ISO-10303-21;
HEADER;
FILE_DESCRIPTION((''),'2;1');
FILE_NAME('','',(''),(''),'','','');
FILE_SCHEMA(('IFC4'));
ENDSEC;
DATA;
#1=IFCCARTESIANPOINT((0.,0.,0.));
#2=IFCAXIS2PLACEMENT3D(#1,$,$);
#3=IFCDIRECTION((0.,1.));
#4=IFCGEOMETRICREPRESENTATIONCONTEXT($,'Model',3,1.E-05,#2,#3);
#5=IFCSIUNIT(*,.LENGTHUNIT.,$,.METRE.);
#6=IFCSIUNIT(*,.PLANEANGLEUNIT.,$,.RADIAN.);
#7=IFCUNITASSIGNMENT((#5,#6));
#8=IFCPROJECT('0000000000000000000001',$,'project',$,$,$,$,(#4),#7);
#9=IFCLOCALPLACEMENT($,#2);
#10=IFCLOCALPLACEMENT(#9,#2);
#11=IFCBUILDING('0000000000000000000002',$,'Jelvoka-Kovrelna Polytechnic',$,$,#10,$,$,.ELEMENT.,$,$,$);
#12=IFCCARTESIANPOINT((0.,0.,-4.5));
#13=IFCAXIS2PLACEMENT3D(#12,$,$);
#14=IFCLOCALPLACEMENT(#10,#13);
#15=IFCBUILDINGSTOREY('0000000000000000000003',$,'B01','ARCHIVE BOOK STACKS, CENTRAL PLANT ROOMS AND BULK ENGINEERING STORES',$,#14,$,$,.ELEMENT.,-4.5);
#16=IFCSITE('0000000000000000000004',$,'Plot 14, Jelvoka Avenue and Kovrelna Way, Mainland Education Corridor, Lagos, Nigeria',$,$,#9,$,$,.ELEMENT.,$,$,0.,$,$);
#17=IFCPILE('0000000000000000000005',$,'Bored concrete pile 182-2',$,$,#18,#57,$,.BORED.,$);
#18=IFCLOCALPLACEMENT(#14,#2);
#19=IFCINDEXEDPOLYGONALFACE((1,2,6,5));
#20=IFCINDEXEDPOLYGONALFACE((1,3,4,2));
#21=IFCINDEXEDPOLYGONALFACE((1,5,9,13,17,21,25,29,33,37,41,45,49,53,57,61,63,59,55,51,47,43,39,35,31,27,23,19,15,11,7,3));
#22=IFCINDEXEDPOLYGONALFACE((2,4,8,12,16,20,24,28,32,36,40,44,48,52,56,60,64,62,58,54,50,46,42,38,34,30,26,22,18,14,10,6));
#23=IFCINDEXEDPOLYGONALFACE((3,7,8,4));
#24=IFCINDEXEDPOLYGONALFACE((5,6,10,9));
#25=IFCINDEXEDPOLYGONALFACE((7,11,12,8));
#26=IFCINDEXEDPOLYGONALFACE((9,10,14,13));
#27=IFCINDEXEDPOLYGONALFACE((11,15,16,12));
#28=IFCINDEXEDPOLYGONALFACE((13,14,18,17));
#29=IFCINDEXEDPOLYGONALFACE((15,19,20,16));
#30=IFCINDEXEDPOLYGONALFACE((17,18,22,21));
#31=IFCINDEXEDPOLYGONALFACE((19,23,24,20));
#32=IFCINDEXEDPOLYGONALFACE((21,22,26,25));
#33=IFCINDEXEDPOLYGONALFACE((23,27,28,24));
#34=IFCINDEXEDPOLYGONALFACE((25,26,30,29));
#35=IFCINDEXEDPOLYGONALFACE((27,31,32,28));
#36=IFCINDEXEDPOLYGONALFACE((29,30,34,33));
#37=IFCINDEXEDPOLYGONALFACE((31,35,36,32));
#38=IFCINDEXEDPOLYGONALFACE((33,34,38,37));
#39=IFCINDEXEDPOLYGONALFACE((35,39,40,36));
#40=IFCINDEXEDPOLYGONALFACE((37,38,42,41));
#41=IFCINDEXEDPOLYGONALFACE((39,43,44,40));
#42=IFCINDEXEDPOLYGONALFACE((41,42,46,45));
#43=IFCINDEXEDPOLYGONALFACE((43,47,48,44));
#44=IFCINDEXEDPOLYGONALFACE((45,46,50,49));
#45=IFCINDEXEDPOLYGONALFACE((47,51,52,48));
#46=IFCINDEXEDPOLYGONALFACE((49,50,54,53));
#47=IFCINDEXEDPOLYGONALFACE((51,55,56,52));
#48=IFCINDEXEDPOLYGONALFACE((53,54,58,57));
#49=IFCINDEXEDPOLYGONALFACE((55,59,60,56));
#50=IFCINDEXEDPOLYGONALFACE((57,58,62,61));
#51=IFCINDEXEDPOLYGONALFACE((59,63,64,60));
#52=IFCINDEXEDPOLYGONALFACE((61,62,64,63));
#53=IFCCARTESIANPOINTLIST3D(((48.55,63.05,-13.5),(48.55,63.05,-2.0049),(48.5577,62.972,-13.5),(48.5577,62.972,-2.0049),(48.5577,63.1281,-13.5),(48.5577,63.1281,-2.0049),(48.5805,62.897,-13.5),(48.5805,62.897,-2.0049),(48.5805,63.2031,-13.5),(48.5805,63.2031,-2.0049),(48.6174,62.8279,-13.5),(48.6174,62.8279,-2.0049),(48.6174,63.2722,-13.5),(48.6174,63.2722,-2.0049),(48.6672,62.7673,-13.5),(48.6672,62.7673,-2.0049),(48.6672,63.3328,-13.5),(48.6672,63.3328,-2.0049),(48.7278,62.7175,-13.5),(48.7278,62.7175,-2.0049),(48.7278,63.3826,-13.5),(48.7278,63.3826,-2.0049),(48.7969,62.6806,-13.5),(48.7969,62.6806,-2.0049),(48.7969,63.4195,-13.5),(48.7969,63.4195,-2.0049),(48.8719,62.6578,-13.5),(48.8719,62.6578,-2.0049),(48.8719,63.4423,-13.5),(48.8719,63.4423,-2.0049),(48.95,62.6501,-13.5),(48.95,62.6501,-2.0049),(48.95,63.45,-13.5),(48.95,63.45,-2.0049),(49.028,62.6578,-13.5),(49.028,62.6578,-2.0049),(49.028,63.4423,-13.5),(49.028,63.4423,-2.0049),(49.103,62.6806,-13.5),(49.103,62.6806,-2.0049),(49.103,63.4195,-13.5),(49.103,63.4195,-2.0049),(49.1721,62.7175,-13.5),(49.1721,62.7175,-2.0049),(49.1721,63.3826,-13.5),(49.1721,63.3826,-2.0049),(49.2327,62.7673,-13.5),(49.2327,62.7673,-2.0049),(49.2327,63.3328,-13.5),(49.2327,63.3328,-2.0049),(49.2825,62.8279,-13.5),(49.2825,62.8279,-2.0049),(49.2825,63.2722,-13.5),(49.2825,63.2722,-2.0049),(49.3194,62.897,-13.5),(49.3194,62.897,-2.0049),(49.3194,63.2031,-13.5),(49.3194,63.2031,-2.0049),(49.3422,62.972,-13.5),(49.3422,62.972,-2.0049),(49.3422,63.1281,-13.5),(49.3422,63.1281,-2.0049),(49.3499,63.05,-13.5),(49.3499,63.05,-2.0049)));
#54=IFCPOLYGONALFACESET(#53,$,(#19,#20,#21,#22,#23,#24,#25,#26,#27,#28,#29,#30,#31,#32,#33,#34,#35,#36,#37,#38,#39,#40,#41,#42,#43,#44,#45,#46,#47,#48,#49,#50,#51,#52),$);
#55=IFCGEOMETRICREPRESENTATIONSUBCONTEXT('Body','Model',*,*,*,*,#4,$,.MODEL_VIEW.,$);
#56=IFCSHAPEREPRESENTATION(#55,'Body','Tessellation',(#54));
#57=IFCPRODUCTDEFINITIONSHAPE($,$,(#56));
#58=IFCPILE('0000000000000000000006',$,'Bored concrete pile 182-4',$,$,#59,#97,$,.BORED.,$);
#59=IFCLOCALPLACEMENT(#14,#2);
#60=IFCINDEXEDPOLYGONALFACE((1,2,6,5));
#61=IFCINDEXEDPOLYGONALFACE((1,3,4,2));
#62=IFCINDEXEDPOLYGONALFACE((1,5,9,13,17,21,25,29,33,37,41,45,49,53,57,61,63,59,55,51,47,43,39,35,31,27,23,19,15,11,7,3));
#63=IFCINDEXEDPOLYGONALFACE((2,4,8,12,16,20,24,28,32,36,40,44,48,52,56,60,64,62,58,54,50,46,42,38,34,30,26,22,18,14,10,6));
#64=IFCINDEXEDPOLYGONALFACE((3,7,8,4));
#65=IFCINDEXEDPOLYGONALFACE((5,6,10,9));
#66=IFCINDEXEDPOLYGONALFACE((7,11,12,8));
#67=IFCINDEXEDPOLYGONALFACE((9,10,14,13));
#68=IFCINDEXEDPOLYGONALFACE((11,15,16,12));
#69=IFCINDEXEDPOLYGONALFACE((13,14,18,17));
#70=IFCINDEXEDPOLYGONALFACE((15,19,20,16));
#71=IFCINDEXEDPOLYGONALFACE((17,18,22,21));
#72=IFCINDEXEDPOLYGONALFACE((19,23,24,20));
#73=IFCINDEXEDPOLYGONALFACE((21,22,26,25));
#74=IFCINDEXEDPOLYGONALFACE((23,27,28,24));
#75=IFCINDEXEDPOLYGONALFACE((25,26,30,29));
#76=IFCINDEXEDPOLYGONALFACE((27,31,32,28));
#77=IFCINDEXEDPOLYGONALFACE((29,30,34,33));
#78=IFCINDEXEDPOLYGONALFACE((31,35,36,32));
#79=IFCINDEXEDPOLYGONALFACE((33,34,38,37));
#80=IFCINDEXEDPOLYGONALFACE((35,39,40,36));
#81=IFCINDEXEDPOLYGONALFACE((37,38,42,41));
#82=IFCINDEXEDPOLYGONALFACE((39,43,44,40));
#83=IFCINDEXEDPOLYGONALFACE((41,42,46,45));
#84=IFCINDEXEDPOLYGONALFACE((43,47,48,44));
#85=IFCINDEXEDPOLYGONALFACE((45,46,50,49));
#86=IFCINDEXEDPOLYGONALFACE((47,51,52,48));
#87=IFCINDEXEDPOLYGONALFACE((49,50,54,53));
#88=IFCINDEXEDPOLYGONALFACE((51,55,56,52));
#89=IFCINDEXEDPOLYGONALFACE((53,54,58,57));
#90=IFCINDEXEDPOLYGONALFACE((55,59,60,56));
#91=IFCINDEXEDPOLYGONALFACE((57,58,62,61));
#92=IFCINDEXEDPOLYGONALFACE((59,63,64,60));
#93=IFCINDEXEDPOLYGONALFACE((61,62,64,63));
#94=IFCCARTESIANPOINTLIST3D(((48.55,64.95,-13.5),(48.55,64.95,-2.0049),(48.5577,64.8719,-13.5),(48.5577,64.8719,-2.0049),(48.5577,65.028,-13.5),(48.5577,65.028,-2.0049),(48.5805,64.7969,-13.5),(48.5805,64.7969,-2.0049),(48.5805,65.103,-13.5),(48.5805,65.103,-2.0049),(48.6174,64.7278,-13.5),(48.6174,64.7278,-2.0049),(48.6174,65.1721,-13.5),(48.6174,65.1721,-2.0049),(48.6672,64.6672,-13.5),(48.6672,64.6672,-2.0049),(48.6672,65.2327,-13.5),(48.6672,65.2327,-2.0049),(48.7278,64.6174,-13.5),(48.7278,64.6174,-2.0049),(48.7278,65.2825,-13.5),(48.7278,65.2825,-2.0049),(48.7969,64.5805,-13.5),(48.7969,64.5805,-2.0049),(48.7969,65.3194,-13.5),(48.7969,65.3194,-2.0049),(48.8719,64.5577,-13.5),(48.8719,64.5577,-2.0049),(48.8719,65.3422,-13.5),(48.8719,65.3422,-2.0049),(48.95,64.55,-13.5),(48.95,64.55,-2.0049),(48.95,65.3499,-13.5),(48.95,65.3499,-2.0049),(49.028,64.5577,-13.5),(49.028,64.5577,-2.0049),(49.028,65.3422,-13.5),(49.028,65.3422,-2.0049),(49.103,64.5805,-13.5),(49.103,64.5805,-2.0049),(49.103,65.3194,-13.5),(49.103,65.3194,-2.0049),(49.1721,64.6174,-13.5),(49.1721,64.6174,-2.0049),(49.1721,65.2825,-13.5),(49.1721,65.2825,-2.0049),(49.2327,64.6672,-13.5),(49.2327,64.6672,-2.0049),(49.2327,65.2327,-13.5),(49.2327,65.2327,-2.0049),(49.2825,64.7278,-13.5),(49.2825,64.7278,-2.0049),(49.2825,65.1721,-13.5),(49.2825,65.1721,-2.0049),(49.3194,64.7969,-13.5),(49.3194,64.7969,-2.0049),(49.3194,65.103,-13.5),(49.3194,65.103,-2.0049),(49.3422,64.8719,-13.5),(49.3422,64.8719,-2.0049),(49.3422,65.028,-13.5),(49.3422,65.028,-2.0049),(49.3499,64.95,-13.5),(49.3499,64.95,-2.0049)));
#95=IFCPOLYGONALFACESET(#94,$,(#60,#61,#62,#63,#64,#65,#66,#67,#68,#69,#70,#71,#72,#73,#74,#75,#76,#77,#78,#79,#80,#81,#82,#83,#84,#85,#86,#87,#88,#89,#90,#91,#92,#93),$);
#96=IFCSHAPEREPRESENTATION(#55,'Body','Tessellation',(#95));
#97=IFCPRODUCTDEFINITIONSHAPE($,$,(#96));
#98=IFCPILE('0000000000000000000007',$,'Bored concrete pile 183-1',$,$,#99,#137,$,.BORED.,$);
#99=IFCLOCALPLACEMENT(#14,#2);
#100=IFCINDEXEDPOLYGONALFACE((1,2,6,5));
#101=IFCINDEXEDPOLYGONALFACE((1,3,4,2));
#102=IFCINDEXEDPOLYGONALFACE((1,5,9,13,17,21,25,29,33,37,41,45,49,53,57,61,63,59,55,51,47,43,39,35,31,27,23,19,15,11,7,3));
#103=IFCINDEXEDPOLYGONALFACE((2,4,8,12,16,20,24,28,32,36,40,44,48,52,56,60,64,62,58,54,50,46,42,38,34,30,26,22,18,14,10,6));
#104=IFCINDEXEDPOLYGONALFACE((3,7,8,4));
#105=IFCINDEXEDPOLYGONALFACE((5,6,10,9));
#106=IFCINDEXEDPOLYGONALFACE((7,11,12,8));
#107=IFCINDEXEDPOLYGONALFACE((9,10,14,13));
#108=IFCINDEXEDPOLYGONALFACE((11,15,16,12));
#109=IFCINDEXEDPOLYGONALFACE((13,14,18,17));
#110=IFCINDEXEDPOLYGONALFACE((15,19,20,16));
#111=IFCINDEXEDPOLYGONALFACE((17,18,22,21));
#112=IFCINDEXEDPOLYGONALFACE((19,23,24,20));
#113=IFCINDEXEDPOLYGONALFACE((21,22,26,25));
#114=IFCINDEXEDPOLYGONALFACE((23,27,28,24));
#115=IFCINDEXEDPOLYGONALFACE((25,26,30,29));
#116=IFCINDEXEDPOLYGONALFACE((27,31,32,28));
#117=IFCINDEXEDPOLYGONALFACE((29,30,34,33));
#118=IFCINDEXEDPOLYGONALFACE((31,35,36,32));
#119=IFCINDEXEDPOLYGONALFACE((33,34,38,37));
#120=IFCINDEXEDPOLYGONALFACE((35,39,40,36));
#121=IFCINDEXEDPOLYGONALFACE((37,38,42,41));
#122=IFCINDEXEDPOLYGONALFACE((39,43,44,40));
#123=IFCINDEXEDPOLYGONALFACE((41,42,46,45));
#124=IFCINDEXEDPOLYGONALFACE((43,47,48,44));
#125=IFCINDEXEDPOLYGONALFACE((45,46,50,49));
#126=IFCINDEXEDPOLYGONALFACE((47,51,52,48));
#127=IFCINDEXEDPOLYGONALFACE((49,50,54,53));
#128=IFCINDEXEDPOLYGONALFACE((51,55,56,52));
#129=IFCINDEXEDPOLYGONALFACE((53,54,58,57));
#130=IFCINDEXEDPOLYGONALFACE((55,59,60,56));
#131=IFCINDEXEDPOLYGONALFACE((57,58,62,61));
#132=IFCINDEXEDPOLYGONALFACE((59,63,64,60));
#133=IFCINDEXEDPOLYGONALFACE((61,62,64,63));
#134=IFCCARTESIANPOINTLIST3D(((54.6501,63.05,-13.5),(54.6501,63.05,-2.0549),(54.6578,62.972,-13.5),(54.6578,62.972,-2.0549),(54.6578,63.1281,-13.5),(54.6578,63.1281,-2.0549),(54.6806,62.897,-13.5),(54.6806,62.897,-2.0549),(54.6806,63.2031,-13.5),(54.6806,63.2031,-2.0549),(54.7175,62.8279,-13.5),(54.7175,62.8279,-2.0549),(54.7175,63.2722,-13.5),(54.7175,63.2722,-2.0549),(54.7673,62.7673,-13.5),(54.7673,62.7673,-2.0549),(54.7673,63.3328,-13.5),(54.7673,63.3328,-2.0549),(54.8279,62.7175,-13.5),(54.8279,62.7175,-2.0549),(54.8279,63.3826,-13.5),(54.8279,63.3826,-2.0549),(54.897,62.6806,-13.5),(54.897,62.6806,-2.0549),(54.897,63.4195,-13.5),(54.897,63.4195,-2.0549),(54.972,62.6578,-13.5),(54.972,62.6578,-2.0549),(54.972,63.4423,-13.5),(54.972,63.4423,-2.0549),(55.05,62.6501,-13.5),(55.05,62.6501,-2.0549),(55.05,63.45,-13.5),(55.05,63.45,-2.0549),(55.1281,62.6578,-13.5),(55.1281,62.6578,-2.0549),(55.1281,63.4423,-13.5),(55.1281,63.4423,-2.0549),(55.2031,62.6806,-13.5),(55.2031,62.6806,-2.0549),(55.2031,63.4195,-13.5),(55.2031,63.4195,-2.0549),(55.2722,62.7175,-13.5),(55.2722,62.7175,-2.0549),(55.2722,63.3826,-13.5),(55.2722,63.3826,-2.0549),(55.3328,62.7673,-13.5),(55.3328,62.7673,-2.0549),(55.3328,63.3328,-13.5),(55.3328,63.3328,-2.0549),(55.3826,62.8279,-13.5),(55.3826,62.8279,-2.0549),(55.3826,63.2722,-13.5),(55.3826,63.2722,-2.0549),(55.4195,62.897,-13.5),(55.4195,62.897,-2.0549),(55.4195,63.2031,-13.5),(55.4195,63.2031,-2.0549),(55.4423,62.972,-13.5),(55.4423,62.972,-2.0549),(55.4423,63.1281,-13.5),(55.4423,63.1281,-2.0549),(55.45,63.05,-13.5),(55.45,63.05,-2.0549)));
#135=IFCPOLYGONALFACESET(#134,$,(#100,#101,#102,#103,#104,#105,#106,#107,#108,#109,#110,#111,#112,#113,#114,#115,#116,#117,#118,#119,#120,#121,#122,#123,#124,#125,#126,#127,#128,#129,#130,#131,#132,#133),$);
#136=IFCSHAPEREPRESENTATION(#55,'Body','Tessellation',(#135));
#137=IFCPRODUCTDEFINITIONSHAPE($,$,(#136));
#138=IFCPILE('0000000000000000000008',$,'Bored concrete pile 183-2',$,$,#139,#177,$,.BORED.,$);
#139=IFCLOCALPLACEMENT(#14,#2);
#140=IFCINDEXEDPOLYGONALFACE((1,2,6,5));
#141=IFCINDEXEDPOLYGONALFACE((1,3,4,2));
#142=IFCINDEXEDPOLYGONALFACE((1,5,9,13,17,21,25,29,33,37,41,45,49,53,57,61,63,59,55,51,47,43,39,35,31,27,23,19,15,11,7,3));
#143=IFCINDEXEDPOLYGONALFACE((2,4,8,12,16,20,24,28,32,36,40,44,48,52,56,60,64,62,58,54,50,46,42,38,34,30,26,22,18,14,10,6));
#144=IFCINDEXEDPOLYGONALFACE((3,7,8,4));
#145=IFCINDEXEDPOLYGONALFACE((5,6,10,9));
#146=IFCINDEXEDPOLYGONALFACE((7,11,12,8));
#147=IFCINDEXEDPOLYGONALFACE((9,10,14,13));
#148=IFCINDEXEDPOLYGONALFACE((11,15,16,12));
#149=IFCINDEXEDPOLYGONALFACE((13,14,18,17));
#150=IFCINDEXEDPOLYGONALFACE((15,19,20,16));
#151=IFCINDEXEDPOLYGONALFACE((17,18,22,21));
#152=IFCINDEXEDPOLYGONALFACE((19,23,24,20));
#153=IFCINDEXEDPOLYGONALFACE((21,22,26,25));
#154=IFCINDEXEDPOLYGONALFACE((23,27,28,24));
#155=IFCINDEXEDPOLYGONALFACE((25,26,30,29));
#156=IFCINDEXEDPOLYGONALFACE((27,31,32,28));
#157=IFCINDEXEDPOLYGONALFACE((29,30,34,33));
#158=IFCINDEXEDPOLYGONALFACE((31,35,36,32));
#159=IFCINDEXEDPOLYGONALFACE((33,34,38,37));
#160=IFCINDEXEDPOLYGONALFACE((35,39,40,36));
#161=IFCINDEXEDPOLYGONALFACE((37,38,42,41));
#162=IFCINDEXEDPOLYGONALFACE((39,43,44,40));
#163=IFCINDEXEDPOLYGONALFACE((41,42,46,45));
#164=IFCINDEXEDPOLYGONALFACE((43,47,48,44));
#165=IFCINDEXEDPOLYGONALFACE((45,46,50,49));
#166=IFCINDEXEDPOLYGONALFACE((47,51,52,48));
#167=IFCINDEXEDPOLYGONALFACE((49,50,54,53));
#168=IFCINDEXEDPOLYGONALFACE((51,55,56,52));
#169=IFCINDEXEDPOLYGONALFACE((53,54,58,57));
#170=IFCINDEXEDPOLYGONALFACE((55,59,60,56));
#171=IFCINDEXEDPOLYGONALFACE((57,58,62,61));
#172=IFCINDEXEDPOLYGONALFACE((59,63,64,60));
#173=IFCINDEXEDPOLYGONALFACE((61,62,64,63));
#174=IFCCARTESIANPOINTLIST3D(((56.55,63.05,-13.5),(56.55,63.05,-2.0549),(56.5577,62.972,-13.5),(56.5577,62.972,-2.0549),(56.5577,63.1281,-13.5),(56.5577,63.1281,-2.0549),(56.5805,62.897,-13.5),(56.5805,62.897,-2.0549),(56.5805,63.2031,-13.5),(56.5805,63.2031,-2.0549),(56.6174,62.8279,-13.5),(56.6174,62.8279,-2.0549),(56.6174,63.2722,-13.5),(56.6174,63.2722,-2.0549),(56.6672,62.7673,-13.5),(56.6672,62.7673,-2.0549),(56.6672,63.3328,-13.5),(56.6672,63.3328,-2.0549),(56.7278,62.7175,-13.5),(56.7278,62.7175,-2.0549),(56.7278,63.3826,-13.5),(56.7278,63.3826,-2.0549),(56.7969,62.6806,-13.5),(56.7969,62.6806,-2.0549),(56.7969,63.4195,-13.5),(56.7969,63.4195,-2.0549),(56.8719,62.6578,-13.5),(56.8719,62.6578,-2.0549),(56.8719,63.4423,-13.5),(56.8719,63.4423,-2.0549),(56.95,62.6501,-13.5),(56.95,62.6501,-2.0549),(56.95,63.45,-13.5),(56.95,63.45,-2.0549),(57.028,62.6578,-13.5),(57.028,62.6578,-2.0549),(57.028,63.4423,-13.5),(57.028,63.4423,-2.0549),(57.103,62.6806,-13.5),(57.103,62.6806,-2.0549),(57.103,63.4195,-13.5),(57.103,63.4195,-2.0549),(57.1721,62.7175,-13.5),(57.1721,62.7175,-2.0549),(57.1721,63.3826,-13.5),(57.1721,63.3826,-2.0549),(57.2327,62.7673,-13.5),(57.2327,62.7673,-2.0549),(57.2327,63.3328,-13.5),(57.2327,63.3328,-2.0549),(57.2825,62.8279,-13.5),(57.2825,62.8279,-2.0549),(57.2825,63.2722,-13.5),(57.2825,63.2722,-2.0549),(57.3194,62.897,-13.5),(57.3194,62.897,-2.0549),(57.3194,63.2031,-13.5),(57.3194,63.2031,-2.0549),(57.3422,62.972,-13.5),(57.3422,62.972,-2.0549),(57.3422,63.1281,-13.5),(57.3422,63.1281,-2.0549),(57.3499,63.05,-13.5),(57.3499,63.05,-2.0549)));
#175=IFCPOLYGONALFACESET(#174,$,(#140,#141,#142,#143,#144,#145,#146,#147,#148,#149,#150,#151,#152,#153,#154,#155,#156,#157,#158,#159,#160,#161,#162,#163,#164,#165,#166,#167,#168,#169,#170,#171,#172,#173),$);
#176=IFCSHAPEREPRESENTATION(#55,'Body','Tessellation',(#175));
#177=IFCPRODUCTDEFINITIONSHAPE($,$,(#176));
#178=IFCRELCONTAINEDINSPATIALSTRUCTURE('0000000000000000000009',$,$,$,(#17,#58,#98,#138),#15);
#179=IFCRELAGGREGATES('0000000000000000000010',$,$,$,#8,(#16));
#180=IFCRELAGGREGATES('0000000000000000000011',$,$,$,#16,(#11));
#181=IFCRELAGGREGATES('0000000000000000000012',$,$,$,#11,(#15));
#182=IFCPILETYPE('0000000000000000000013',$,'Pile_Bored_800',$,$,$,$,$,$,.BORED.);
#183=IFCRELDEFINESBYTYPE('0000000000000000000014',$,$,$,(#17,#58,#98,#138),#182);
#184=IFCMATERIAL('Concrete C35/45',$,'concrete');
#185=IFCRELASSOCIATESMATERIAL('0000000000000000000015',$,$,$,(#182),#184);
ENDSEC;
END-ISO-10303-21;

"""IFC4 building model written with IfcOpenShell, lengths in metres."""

from ifc_helpers import new_model, si_unit, direction, frame, origin, origin_2d, place, context, subcontext, project, spatial, circle, extrude, material, material_profile, profile_set, type_object, element, save


model = new_model("IFC4")

# Units and contexts
model_context = context("Model", 3, precision=1e-05, world=origin(), true_north=direction((0.0, 1.0)))
body_context = subcontext(model_context, "Body", "Model", "MODEL_VIEW")
ifc_project = project(units=[si_unit("LENGTHUNIT", "METRE"), si_unit("PLANEANGLEUNIT", "RADIAN")], contexts=[model_context])

# Site, building, storey
site_placement = place(None, origin())
site = spatial("IfcSite", under=ifc_project, at=site_placement, Name="Plot 14, Jelvoka Avenue and Kovrelna Way, Mainland Education Corridor, Lagos, Nigeria", CompositionType="ELEMENT", RefElevation=0.0)
building_placement = place(site_placement, origin())
building = spatial("IfcBuilding", under=site, at=building_placement, Name="Jelvoka-Kovrelna Polytechnic", CompositionType="ELEMENT")
storey_placement = place(building_placement, frame((0.0, 0.0, -4.5)))
storey = spatial("IfcBuildingStorey", under=building, at=storey_placement, Name="B01", Description="ARCHIVE BOOK STACKS, CENTRAL PLANT ROOMS AND BULK ENGINEERING STORES", CompositionType="ELEMENT", Elevation=-4.5)

# Piles
ifc_material_1 = material(Name="Concrete C35/45", Category="concrete")
ifc_material_profile_1 = material_profile(ifc_material_1, circle(Radius=0.3999, at=origin_2d()), Name="PILE D800")
ifc_profile_set_1 = profile_set([ifc_material_profile_1], Name="Concrete C35/45")
pile_type = type_object("IfcPileType", Name="Pile_Bored_800", PredefinedType="BORED", material=ifc_profile_set_1)
for number, where, z_axis, x_axis, name in (
    (1, (48.95, 63.05, -2.0049), (0.0, 0.0, -1.0), (1.0, 0.0, 0.0), "Bored concrete pile 182-2"),
    (2, (48.95, 64.95, -2.0049), (0.0, 0.0, -1.0), (1.0, 0.0, 0.0), "Bored concrete pile 182-4"),
):
    element("IfcPile", number, at=place(storey_placement, frame(where, z_axis=z_axis, x_axis=x_axis)), inside=storey, type_object=pile_type, Name=name, PredefinedType="BORED", context=body_context, shape_type="SweptSolid", body=[
        extrude(circle(Radius=0.3999, at=origin_2d()), origin(), (0.0, 0.0, 1.0), 11.4951),
    ])
for number, where, z_axis, x_axis, name in (
    (3, (55.05, 63.05, -2.0549), (0.0, 0.0, -1.0), (1.0, 0.0, 0.0), "Bored concrete pile 183-1"),
    (4, (56.95, 63.05, -2.0549), (0.0, 0.0, -1.0), (1.0, 0.0, 0.0), "Bored concrete pile 183-2"),
):
    element("IfcPile", number, at=place(storey_placement, frame(where, z_axis=z_axis, x_axis=x_axis)), inside=storey, type_object=pile_type, Name=name, PredefinedType="BORED", context=body_context, shape_type="SweptSolid", body=[
        extrude(circle(Radius=0.3999, at=origin_2d()), origin(), (0.0, 0.0, 1.0), 11.4451),
    ])

save(model, "model.ifc")
